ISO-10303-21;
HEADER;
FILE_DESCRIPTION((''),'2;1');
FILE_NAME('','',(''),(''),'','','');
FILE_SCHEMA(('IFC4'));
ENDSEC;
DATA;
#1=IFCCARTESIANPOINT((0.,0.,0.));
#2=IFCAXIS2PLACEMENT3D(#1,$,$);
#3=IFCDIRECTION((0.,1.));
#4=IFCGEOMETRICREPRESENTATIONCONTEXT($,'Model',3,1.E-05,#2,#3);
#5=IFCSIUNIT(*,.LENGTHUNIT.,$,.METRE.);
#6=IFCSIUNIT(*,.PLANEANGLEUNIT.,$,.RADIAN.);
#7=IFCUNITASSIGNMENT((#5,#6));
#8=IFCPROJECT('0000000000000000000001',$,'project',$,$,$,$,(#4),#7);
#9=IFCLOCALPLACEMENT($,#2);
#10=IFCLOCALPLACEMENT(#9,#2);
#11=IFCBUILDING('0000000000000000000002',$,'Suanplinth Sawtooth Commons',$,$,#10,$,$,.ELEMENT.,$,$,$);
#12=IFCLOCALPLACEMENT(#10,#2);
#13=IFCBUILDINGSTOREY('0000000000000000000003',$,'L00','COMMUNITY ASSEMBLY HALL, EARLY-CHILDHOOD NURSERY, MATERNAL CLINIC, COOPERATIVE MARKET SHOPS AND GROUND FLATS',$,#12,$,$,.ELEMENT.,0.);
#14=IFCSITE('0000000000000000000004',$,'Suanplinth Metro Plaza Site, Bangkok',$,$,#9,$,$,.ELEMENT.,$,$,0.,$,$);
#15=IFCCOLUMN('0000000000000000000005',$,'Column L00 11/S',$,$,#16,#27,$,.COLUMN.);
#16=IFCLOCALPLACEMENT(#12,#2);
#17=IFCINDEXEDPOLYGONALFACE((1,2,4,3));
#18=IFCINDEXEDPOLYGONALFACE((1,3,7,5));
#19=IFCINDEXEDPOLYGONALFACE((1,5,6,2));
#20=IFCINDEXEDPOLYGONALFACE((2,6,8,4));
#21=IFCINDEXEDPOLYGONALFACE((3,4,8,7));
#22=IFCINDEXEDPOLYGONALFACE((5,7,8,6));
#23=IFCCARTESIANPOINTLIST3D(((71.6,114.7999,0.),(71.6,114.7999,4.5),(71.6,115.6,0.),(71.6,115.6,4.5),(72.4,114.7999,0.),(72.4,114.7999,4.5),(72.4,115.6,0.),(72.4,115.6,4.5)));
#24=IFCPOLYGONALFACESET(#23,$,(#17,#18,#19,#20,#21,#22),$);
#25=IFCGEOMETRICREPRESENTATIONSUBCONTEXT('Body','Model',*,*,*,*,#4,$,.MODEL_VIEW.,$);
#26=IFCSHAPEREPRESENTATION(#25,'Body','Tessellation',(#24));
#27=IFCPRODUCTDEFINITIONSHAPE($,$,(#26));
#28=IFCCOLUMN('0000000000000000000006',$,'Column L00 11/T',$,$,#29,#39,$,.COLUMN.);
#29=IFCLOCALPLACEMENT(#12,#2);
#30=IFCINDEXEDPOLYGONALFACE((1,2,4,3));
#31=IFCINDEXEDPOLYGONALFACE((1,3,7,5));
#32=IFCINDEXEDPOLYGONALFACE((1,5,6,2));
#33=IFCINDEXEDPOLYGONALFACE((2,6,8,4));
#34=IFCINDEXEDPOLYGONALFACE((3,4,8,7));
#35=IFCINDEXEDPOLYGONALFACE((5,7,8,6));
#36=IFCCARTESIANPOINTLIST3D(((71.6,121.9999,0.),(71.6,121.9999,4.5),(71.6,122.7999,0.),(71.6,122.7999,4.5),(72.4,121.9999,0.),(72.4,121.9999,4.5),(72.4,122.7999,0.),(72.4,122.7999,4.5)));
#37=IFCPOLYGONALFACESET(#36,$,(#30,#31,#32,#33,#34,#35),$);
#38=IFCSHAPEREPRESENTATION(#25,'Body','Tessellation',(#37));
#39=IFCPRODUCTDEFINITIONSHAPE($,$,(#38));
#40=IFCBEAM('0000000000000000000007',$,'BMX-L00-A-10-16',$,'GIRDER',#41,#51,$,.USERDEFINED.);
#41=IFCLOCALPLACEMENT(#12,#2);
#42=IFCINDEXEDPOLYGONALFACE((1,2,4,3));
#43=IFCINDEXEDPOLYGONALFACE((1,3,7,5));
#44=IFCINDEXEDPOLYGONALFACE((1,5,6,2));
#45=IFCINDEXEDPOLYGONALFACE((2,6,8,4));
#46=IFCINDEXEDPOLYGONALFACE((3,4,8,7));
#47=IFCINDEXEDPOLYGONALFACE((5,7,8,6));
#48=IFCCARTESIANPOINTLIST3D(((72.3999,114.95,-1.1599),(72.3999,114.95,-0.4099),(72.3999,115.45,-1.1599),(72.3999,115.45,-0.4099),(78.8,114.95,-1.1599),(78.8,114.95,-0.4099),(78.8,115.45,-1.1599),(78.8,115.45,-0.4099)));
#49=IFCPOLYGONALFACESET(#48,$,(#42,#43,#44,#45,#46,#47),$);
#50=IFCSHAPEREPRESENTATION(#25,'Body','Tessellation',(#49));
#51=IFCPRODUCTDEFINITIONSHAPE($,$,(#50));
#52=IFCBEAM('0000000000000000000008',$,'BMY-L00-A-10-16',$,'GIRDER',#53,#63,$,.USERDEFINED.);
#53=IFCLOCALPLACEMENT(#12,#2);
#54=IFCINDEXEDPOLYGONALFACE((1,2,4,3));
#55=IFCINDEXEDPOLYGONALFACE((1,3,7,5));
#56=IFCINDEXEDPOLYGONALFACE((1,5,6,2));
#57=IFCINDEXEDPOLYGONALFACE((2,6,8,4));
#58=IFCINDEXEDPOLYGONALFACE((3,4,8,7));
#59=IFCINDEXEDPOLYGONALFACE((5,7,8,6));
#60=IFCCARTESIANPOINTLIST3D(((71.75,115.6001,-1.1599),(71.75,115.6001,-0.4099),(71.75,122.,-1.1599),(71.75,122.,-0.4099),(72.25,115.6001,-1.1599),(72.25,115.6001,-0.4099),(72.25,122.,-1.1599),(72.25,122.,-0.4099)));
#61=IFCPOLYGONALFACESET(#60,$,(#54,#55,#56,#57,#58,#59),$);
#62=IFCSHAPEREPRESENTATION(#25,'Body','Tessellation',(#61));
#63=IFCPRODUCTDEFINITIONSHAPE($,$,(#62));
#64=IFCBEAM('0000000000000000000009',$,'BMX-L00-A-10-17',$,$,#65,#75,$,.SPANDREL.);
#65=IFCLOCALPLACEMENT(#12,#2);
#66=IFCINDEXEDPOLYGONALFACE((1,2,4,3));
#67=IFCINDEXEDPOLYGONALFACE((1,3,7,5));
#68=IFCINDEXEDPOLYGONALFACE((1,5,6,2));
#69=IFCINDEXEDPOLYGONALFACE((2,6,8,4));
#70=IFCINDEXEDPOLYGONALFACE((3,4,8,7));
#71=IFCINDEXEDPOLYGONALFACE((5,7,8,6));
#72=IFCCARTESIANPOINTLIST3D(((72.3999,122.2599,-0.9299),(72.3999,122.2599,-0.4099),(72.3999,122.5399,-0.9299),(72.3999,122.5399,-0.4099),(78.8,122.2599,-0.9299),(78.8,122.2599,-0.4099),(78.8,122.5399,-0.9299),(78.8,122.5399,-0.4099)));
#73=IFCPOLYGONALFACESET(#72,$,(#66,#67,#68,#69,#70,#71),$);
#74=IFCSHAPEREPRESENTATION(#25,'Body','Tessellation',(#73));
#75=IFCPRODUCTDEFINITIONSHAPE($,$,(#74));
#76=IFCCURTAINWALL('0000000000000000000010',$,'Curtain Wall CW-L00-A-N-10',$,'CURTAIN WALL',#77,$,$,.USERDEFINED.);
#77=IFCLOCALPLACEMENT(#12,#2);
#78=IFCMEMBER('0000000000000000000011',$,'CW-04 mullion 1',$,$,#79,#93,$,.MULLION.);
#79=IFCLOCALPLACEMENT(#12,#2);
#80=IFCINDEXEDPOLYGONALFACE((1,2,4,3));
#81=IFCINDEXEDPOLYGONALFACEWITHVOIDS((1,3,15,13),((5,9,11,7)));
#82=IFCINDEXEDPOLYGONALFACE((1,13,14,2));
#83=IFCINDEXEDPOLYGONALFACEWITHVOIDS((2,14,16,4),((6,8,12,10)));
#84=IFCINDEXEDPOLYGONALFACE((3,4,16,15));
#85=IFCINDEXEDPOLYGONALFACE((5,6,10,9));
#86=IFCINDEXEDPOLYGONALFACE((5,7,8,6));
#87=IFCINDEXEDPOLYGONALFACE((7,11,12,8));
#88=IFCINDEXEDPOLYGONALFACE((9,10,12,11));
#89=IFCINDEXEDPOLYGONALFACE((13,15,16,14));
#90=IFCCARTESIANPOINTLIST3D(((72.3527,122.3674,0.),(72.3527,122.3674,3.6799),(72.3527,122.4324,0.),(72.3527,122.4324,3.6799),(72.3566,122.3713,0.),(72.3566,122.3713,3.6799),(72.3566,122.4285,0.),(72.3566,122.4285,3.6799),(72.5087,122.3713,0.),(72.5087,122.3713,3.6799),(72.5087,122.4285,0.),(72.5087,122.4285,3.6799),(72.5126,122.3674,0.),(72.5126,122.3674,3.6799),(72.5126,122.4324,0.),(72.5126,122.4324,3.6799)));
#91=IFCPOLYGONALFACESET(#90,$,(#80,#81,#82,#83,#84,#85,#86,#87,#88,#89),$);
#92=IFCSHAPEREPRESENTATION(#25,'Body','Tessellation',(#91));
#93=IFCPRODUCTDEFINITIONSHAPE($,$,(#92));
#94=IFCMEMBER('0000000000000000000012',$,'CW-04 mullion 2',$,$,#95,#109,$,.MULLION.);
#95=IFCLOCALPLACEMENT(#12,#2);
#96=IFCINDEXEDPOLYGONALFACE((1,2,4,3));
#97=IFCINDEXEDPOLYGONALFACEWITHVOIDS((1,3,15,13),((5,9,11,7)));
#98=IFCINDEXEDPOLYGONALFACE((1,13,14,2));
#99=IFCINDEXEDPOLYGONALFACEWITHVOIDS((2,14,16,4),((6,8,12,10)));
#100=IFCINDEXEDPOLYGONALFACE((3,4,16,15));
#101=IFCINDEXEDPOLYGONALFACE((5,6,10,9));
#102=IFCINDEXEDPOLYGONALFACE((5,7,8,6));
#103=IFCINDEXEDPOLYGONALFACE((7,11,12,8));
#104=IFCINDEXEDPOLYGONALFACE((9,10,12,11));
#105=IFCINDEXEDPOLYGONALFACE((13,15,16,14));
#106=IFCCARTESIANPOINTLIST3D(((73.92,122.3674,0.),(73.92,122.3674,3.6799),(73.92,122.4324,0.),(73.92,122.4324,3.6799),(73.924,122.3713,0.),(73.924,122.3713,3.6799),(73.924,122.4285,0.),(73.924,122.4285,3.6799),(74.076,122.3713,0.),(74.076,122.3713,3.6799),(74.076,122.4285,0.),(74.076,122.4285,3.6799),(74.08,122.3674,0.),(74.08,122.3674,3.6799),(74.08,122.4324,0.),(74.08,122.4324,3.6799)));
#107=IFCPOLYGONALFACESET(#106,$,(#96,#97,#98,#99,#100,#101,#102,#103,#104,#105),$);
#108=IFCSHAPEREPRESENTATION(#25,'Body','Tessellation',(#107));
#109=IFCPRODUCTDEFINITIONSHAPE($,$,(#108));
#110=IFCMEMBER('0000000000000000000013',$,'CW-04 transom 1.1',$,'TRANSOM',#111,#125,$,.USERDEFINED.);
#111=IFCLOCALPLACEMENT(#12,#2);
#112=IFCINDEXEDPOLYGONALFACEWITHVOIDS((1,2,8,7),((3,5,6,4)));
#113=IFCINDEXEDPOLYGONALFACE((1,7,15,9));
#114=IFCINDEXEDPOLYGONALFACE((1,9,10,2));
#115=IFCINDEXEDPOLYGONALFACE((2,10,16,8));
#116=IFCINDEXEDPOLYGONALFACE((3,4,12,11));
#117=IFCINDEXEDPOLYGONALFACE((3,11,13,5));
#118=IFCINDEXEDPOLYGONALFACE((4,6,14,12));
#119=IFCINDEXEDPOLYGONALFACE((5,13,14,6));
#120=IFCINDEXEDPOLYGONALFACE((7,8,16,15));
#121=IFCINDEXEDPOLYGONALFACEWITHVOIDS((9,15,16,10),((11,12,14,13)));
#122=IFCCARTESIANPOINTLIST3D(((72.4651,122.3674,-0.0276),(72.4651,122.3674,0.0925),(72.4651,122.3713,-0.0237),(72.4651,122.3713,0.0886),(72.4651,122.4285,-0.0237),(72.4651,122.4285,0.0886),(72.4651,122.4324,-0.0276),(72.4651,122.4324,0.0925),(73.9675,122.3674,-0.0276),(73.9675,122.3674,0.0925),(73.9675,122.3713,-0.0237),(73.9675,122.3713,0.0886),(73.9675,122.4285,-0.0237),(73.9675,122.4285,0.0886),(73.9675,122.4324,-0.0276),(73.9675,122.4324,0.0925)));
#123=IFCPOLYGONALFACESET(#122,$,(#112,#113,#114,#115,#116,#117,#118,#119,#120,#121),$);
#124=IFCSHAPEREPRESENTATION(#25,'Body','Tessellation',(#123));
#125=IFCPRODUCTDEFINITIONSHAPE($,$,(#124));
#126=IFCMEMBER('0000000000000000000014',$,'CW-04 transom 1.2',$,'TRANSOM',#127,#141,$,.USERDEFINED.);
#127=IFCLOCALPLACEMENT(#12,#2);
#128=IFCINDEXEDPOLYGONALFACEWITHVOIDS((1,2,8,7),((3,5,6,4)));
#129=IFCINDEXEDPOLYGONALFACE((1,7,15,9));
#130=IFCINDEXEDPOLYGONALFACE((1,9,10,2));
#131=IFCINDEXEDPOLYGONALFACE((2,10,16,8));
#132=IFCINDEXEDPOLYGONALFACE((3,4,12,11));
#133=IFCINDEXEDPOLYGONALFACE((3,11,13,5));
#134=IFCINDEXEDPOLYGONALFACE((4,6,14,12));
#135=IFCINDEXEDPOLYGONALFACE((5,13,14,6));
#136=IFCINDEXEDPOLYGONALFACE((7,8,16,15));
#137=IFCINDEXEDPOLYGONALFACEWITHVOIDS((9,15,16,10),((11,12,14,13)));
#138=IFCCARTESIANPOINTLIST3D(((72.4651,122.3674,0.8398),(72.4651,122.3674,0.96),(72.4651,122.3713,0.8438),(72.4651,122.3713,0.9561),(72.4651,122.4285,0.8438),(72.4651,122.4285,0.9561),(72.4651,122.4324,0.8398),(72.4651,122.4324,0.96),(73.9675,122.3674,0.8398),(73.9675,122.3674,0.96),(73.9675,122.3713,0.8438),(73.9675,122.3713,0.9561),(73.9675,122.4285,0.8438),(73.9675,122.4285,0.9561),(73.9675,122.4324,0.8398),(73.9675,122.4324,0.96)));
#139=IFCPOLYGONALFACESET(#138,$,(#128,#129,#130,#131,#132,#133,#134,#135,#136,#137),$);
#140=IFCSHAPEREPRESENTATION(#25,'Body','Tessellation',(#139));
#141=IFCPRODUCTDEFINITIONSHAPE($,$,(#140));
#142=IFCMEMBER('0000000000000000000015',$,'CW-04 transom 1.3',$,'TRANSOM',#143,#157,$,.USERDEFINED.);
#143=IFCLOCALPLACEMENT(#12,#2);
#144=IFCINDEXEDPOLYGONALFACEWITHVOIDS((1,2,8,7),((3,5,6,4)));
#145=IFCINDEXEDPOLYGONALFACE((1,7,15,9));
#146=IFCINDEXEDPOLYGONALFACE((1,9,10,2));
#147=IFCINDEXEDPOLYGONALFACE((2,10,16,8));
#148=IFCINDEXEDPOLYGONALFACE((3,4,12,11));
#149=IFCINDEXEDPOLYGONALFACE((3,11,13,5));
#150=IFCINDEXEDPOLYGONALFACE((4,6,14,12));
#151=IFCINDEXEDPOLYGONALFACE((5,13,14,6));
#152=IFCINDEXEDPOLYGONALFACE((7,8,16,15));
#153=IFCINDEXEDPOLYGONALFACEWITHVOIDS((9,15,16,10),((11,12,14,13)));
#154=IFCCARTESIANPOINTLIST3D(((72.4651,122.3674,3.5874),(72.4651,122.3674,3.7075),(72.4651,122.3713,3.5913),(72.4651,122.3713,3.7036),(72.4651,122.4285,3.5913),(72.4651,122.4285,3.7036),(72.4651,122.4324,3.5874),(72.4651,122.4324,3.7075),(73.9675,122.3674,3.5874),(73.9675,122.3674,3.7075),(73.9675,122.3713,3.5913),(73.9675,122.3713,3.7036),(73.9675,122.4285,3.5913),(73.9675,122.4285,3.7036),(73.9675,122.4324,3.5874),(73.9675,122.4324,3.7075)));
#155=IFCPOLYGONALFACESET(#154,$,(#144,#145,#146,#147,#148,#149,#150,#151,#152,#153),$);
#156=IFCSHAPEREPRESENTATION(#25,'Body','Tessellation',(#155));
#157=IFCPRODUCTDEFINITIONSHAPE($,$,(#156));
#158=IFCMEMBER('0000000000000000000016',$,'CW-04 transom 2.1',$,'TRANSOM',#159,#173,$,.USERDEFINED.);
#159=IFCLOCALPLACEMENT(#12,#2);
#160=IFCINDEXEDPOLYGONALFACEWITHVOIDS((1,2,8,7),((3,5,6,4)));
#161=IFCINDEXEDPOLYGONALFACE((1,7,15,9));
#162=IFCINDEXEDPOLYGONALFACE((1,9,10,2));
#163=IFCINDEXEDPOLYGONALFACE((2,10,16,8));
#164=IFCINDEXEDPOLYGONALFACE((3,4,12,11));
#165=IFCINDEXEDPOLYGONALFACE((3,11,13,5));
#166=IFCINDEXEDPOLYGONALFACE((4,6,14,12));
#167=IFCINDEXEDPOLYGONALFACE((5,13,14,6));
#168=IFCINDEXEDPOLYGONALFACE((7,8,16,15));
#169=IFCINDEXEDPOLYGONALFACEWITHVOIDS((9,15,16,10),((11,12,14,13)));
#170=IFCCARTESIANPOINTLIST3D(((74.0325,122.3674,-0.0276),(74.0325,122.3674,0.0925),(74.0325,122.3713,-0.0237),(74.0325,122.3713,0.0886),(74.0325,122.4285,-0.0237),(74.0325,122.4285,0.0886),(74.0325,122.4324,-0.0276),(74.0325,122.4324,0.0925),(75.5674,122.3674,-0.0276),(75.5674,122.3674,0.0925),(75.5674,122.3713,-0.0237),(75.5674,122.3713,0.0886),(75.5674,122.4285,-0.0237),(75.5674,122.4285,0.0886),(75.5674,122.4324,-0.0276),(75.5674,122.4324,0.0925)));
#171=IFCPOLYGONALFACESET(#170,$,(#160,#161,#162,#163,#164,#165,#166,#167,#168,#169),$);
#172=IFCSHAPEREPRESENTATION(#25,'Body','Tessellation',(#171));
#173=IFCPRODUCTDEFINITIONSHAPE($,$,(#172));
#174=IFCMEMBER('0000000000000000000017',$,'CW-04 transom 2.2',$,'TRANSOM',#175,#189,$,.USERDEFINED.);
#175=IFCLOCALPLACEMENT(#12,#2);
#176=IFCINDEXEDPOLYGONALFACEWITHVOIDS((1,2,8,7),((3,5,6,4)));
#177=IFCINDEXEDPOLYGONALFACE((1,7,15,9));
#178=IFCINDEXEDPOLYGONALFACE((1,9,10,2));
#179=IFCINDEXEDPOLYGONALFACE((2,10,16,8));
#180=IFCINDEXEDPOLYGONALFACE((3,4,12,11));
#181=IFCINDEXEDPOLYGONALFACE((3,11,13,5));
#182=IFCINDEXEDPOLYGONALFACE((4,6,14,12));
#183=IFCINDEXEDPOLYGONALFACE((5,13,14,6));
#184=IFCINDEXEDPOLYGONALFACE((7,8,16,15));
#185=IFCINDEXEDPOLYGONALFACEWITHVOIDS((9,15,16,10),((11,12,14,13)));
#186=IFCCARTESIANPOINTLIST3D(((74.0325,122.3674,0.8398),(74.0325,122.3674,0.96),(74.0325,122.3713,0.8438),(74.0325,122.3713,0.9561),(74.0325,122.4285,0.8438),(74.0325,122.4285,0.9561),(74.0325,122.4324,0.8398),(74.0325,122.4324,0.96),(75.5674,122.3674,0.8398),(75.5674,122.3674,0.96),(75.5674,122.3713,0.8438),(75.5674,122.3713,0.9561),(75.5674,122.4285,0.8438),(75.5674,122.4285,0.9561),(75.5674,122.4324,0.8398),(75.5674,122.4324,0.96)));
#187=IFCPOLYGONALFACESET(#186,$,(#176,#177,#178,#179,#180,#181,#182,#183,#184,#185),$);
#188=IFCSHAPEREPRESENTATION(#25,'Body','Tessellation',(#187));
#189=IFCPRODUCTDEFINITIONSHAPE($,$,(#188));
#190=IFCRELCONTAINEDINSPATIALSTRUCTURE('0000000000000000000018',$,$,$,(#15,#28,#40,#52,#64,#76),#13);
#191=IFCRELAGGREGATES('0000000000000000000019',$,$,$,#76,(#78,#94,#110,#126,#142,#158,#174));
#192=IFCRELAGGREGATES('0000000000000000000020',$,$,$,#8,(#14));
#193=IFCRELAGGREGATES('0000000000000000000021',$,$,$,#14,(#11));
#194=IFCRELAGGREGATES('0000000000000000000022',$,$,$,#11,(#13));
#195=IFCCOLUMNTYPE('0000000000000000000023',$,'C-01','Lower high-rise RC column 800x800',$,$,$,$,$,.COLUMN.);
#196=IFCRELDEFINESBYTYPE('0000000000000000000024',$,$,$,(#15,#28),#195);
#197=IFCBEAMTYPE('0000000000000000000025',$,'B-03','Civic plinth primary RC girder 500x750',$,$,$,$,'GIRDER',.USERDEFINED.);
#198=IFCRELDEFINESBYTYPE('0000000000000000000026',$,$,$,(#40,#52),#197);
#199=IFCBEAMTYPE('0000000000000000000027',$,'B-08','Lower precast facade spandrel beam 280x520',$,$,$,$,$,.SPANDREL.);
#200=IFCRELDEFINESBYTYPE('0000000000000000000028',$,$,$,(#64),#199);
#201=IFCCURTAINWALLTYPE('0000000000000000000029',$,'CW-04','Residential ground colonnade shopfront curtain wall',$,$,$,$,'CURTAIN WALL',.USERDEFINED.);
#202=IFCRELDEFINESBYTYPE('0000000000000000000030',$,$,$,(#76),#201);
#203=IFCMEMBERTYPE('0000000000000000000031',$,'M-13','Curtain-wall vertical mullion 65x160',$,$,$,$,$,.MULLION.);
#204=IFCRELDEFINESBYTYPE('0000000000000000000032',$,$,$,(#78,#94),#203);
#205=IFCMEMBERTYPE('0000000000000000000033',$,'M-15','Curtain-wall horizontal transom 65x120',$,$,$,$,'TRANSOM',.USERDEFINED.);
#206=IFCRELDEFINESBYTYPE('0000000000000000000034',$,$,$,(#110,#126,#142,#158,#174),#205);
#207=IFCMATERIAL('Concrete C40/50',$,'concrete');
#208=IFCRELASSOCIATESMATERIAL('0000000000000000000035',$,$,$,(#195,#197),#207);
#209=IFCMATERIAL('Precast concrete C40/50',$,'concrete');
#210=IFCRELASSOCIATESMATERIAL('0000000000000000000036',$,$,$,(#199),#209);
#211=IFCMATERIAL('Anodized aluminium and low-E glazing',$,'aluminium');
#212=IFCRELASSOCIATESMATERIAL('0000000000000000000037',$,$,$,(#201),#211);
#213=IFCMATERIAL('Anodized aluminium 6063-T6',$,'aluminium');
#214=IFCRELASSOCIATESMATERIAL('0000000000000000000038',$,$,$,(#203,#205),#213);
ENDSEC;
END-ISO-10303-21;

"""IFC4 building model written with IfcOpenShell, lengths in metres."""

from ifc_helpers import new_model, si_unit, direction, frame, origin, origin_2d, place, context, subcontext, project, spatial, rectangle, hollow_rectangle, extrude, material, material_profile, profile_set, type_object, element, aggregate, save


model = new_model("IFC4")

# Units and contexts
model_context = context("Model", 3, precision=1e-05, world=origin(), true_north=direction((0.0, 1.0)))
body_context = subcontext(model_context, "Body", "Model", "MODEL_VIEW")
ifc_project = project(units=[si_unit("LENGTHUNIT", "METRE"), si_unit("PLANEANGLEUNIT", "RADIAN")], contexts=[model_context])

# Site, building, storey
site_placement = place(None, origin())
site = spatial("IfcSite", under=ifc_project, at=site_placement, Name="Suanplinth Metro Plaza Site, Bangkok", CompositionType="ELEMENT", RefElevation=0.0)
building_placement = place(site_placement, origin())
building = spatial("IfcBuilding", under=site, at=building_placement, Name="Suanplinth Sawtooth Commons", CompositionType="ELEMENT")
storey_placement = place(building_placement, origin())
storey = spatial("IfcBuildingStorey", under=building, at=storey_placement, Name="L00", Description="COMMUNITY ASSEMBLY HALL, EARLY-CHILDHOOD NURSERY, MATERNAL CLINIC, COOPERATIVE MARKET SHOPS AND GROUND FLATS", CompositionType="ELEMENT", Elevation=0.0)

# Columns
ifc_material_1 = material(Name="Concrete C40/50", Category="concrete")
ifc_material_profile_1 = material_profile(ifc_material_1, rectangle(XDim=0.8, YDim=0.8, at=origin_2d()), Name="RC-COL 800x800")
ifc_profile_set_1 = profile_set([ifc_material_profile_1], Name="Concrete C40/50")
column_type = type_object("IfcColumnType", Name="C-01", Description="Lower high-rise RC column 800x800", PredefinedType="COLUMN", material=ifc_profile_set_1)
for number, where, z_axis, x_axis, name in (
    (1, (72.0, 115.2, 0.0), (0.0, 0.0, 1.0), (1.0, 0.0, 0.0), "Column L00 11/S"),
    (2, (72.0, 122.3999, 0.0), (0.0, 0.0, 1.0), (1.0, 0.0, 0.0), "Column L00 11/T"),
):
    element("IfcColumn", number, at=place(storey_placement, frame(where, z_axis=z_axis, x_axis=x_axis)), inside=storey, type_object=column_type, Name=name, PredefinedType="COLUMN", context=body_context, shape_type="SweptSolid", body=[
        extrude(rectangle(XDim=0.8, YDim=0.8, at=origin_2d()), origin(), (0.0, 0.0, 1.0), 4.5),
    ])

# Beams
ifc_material_profile_2 = material_profile(ifc_material_1, rectangle(XDim=0.5, YDim=0.75, at=origin_2d()), Name="RC-GDR 500x750")
ifc_profile_set_2 = profile_set([ifc_material_profile_2], Name="Concrete C40/50")
beam_type_1 = type_object("IfcBeamType", Name="B-03", Description="Civic plinth primary RC girder 500x750", ElementType="GIRDER", PredefinedType="USERDEFINED", material=ifc_profile_set_2)
beam_1_placement = place(storey_placement, frame((72.3999, 115.2, -0.7849), z_axis=(1.0, 0.0, 0.0), x_axis=(0.0, 1.0, 0.0)))
element("IfcBeam", 3, at=beam_1_placement, inside=storey, type_object=beam_type_1, Name="BMX-L00-A-10-16", ObjectType="GIRDER", PredefinedType="USERDEFINED", context=body_context, shape_type="SweptSolid", body=[
    extrude(rectangle(XDim=0.5, YDim=0.75, at=origin_2d()), origin(), (0.0, 0.0, 1.0), 6.4001),
])
beam_2_placement = place(storey_placement, frame((72.0, 115.6001, -0.7849), z_axis=(0.0, 1.0, 0.0), x_axis=(-1.0, 0.0, 0.0)))
element("IfcBeam", 4, at=beam_2_placement, inside=storey, type_object=beam_type_1, Name="BMY-L00-A-10-16", ObjectType="GIRDER", PredefinedType="USERDEFINED", context=body_context, shape_type="SweptSolid", body=[
    extrude(rectangle(XDim=0.5, YDim=0.75, at=origin_2d()), origin(), (0.0, 0.0, 1.0), 6.3999),
])
ifc_material_2 = material(Name="Precast concrete C40/50", Category="concrete")
ifc_material_profile_3 = material_profile(ifc_material_2, rectangle(XDim=0.28, YDim=0.52, at=origin_2d()), Name="PC-SP 280x520")
ifc_profile_set_3 = profile_set([ifc_material_profile_3], Name="Precast concrete C40/50")
beam_type_2 = type_object("IfcBeamType", Name="B-08", Description="Lower precast facade spandrel beam 280x520", PredefinedType="SPANDREL", material=ifc_profile_set_3)
beam_3_placement = place(storey_placement, frame((72.3999, 122.3999, -0.6699), z_axis=(1.0, 0.0, 0.0), x_axis=(0.0, 1.0, 0.0)))
element("IfcBeam", 5, at=beam_3_placement, inside=storey, type_object=beam_type_2, Name="BMX-L00-A-10-17", PredefinedType="SPANDREL", context=body_context, shape_type="SweptSolid", body=[
    extrude(rectangle(XDim=0.28, YDim=0.52, at=origin_2d()), origin(), (0.0, 0.0, 1.0), 6.4001),
])

# Curtain wall, members
ifc_material_3 = material(Name="Anodized aluminium and low-E glazing", Category="aluminium")
curtain_wall_type = type_object("IfcCurtainWallType", Name="CW-04", Description="Residential ground colonnade shopfront curtain wall", ElementType="CURTAIN WALL", PredefinedType="USERDEFINED", material=ifc_material_3)
curtain_wall_placement = place(storey_placement, origin())
curtain_wall = element("IfcCurtainWall", 6, at=curtain_wall_placement, inside=storey, type_object=curtain_wall_type, Name="Curtain Wall CW-L00-A-N-10", ObjectType="CURTAIN WALL", PredefinedType="USERDEFINED")
ifc_material_4 = material(Name="Anodized aluminium 6063-T6", Category="aluminium")
ifc_material_profile_4 = material_profile(ifc_material_4, hollow_rectangle(XDim=0.0649, YDim=0.1599, WallThickness=0.0039, at=origin_2d()), Name="ALU-MUL 65x160")
ifc_profile_set_4 = profile_set([ifc_material_profile_4], Name="Anodized aluminium 6063-T6")
member_type_1 = type_object("IfcMemberType", Name="M-13", Description="Curtain-wall vertical mullion 65x160", PredefinedType="MULLION", material=ifc_profile_set_4)
member_1_placement = place(storey_placement, frame((72.4326, 122.3999, 0.0), z_axis=(0.0, 0.0, 1.0), x_axis=(0.0, 1.0, 0.0)))
member_1 = element("IfcMember", 7, at=member_1_placement, type_object=member_type_1, Name="CW-04 mullion 1", PredefinedType="MULLION", context=body_context, shape_type="SweptSolid", body=[
    extrude(hollow_rectangle(XDim=0.0649, YDim=0.1599, WallThickness=0.0039, at=origin_2d()), origin(), (0.0, 0.0, 1.0), 3.6799),
])
member_2_placement = place(storey_placement, frame((74.0, 122.3999, 0.0), z_axis=(0.0, 0.0, 1.0), x_axis=(0.0, 1.0, 0.0)))
member_2 = element("IfcMember", 8, at=member_2_placement, type_object=member_type_1, Name="CW-04 mullion 2", PredefinedType="MULLION", context=body_context, shape_type="SweptSolid", body=[
    extrude(hollow_rectangle(XDim=0.0649, YDim=0.1599, WallThickness=0.0039, at=origin_2d()), origin(), (0.0, 0.0, 1.0), 3.6799),
])
ifc_material_profile_5 = material_profile(ifc_material_4, hollow_rectangle(XDim=0.0649, YDim=0.1201, WallThickness=0.0039, at=origin_2d()), Name="ALU-TRN 65x120")
ifc_profile_set_5 = profile_set([ifc_material_profile_5], Name="Anodized aluminium 6063-T6")
member_type_2 = type_object("IfcMemberType", Name="M-15", Description="Curtain-wall horizontal transom 65x120", ElementType="TRANSOM", PredefinedType="USERDEFINED", material=ifc_profile_set_5)
member_3_placement = place(storey_placement, frame((72.4651, 122.3999, 0.0325), z_axis=(1.0, 0.0, 0.0), x_axis=(0.0, 1.0, 0.0)))
member_3 = element("IfcMember", 9, at=member_3_placement, type_object=member_type_2, Name="CW-04 transom 1.1", ObjectType="TRANSOM", PredefinedType="USERDEFINED", context=body_context, shape_type="SweptSolid", body=[
    extrude(hollow_rectangle(XDim=0.0649, YDim=0.1201, WallThickness=0.0039, at=origin_2d()), origin(), (0.0, 0.0, 1.0), 1.5024),
])
member_4_placement = place(storey_placement, frame((72.4651, 122.3999, 0.8999), z_axis=(1.0, 0.0, 0.0), x_axis=(0.0, 1.0, 0.0)))
member_4 = element("IfcMember", 10, at=member_4_placement, type_object=member_type_2, Name="CW-04 transom 1.2", ObjectType="TRANSOM", PredefinedType="USERDEFINED", context=body_context, shape_type="SweptSolid", body=[
    extrude(hollow_rectangle(XDim=0.0649, YDim=0.1201, WallThickness=0.0039, at=origin_2d()), origin(), (0.0, 0.0, 1.0), 1.5024),
])
member_5_placement = place(storey_placement, frame((72.4651, 122.3999, 3.6475), z_axis=(1.0, 0.0, 0.0), x_axis=(0.0, 1.0, 0.0)))
member_5 = element("IfcMember", 11, at=member_5_placement, type_object=member_type_2, Name="CW-04 transom 1.3", ObjectType="TRANSOM", PredefinedType="USERDEFINED", context=body_context, shape_type="SweptSolid", body=[
    extrude(hollow_rectangle(XDim=0.0649, YDim=0.1201, WallThickness=0.0039, at=origin_2d()), origin(), (0.0, 0.0, 1.0), 1.5024),
])
member_6_placement = place(storey_placement, frame((74.0325, 122.3999, 0.0325), z_axis=(1.0, 0.0, 0.0), x_axis=(0.0, 1.0, 0.0)))
member_6 = element("IfcMember", 12, at=member_6_placement, type_object=member_type_2, Name="CW-04 transom 2.1", ObjectType="TRANSOM", PredefinedType="USERDEFINED", context=body_context, shape_type="SweptSolid", body=[
    extrude(hollow_rectangle(XDim=0.0649, YDim=0.1201, WallThickness=0.0039, at=origin_2d()), origin(), (0.0, 0.0, 1.0), 1.5349),
])
member_7_placement = place(storey_placement, frame((74.0325, 122.3999, 0.8999), z_axis=(1.0, 0.0, 0.0), x_axis=(0.0, 1.0, 0.0)))
member_7 = element("IfcMember", 13, at=member_7_placement, type_object=member_type_2, Name="CW-04 transom 2.2", ObjectType="TRANSOM", PredefinedType="USERDEFINED", context=body_context, shape_type="SweptSolid", body=[
    extrude(hollow_rectangle(XDim=0.0649, YDim=0.1201, WallThickness=0.0039, at=origin_2d()), origin(), (0.0, 0.0, 1.0), 1.5349),
])
aggregate(curtain_wall, [member_1, member_2, member_3, member_4, member_5, member_6, member_7])

save(model, "model.ifc")
